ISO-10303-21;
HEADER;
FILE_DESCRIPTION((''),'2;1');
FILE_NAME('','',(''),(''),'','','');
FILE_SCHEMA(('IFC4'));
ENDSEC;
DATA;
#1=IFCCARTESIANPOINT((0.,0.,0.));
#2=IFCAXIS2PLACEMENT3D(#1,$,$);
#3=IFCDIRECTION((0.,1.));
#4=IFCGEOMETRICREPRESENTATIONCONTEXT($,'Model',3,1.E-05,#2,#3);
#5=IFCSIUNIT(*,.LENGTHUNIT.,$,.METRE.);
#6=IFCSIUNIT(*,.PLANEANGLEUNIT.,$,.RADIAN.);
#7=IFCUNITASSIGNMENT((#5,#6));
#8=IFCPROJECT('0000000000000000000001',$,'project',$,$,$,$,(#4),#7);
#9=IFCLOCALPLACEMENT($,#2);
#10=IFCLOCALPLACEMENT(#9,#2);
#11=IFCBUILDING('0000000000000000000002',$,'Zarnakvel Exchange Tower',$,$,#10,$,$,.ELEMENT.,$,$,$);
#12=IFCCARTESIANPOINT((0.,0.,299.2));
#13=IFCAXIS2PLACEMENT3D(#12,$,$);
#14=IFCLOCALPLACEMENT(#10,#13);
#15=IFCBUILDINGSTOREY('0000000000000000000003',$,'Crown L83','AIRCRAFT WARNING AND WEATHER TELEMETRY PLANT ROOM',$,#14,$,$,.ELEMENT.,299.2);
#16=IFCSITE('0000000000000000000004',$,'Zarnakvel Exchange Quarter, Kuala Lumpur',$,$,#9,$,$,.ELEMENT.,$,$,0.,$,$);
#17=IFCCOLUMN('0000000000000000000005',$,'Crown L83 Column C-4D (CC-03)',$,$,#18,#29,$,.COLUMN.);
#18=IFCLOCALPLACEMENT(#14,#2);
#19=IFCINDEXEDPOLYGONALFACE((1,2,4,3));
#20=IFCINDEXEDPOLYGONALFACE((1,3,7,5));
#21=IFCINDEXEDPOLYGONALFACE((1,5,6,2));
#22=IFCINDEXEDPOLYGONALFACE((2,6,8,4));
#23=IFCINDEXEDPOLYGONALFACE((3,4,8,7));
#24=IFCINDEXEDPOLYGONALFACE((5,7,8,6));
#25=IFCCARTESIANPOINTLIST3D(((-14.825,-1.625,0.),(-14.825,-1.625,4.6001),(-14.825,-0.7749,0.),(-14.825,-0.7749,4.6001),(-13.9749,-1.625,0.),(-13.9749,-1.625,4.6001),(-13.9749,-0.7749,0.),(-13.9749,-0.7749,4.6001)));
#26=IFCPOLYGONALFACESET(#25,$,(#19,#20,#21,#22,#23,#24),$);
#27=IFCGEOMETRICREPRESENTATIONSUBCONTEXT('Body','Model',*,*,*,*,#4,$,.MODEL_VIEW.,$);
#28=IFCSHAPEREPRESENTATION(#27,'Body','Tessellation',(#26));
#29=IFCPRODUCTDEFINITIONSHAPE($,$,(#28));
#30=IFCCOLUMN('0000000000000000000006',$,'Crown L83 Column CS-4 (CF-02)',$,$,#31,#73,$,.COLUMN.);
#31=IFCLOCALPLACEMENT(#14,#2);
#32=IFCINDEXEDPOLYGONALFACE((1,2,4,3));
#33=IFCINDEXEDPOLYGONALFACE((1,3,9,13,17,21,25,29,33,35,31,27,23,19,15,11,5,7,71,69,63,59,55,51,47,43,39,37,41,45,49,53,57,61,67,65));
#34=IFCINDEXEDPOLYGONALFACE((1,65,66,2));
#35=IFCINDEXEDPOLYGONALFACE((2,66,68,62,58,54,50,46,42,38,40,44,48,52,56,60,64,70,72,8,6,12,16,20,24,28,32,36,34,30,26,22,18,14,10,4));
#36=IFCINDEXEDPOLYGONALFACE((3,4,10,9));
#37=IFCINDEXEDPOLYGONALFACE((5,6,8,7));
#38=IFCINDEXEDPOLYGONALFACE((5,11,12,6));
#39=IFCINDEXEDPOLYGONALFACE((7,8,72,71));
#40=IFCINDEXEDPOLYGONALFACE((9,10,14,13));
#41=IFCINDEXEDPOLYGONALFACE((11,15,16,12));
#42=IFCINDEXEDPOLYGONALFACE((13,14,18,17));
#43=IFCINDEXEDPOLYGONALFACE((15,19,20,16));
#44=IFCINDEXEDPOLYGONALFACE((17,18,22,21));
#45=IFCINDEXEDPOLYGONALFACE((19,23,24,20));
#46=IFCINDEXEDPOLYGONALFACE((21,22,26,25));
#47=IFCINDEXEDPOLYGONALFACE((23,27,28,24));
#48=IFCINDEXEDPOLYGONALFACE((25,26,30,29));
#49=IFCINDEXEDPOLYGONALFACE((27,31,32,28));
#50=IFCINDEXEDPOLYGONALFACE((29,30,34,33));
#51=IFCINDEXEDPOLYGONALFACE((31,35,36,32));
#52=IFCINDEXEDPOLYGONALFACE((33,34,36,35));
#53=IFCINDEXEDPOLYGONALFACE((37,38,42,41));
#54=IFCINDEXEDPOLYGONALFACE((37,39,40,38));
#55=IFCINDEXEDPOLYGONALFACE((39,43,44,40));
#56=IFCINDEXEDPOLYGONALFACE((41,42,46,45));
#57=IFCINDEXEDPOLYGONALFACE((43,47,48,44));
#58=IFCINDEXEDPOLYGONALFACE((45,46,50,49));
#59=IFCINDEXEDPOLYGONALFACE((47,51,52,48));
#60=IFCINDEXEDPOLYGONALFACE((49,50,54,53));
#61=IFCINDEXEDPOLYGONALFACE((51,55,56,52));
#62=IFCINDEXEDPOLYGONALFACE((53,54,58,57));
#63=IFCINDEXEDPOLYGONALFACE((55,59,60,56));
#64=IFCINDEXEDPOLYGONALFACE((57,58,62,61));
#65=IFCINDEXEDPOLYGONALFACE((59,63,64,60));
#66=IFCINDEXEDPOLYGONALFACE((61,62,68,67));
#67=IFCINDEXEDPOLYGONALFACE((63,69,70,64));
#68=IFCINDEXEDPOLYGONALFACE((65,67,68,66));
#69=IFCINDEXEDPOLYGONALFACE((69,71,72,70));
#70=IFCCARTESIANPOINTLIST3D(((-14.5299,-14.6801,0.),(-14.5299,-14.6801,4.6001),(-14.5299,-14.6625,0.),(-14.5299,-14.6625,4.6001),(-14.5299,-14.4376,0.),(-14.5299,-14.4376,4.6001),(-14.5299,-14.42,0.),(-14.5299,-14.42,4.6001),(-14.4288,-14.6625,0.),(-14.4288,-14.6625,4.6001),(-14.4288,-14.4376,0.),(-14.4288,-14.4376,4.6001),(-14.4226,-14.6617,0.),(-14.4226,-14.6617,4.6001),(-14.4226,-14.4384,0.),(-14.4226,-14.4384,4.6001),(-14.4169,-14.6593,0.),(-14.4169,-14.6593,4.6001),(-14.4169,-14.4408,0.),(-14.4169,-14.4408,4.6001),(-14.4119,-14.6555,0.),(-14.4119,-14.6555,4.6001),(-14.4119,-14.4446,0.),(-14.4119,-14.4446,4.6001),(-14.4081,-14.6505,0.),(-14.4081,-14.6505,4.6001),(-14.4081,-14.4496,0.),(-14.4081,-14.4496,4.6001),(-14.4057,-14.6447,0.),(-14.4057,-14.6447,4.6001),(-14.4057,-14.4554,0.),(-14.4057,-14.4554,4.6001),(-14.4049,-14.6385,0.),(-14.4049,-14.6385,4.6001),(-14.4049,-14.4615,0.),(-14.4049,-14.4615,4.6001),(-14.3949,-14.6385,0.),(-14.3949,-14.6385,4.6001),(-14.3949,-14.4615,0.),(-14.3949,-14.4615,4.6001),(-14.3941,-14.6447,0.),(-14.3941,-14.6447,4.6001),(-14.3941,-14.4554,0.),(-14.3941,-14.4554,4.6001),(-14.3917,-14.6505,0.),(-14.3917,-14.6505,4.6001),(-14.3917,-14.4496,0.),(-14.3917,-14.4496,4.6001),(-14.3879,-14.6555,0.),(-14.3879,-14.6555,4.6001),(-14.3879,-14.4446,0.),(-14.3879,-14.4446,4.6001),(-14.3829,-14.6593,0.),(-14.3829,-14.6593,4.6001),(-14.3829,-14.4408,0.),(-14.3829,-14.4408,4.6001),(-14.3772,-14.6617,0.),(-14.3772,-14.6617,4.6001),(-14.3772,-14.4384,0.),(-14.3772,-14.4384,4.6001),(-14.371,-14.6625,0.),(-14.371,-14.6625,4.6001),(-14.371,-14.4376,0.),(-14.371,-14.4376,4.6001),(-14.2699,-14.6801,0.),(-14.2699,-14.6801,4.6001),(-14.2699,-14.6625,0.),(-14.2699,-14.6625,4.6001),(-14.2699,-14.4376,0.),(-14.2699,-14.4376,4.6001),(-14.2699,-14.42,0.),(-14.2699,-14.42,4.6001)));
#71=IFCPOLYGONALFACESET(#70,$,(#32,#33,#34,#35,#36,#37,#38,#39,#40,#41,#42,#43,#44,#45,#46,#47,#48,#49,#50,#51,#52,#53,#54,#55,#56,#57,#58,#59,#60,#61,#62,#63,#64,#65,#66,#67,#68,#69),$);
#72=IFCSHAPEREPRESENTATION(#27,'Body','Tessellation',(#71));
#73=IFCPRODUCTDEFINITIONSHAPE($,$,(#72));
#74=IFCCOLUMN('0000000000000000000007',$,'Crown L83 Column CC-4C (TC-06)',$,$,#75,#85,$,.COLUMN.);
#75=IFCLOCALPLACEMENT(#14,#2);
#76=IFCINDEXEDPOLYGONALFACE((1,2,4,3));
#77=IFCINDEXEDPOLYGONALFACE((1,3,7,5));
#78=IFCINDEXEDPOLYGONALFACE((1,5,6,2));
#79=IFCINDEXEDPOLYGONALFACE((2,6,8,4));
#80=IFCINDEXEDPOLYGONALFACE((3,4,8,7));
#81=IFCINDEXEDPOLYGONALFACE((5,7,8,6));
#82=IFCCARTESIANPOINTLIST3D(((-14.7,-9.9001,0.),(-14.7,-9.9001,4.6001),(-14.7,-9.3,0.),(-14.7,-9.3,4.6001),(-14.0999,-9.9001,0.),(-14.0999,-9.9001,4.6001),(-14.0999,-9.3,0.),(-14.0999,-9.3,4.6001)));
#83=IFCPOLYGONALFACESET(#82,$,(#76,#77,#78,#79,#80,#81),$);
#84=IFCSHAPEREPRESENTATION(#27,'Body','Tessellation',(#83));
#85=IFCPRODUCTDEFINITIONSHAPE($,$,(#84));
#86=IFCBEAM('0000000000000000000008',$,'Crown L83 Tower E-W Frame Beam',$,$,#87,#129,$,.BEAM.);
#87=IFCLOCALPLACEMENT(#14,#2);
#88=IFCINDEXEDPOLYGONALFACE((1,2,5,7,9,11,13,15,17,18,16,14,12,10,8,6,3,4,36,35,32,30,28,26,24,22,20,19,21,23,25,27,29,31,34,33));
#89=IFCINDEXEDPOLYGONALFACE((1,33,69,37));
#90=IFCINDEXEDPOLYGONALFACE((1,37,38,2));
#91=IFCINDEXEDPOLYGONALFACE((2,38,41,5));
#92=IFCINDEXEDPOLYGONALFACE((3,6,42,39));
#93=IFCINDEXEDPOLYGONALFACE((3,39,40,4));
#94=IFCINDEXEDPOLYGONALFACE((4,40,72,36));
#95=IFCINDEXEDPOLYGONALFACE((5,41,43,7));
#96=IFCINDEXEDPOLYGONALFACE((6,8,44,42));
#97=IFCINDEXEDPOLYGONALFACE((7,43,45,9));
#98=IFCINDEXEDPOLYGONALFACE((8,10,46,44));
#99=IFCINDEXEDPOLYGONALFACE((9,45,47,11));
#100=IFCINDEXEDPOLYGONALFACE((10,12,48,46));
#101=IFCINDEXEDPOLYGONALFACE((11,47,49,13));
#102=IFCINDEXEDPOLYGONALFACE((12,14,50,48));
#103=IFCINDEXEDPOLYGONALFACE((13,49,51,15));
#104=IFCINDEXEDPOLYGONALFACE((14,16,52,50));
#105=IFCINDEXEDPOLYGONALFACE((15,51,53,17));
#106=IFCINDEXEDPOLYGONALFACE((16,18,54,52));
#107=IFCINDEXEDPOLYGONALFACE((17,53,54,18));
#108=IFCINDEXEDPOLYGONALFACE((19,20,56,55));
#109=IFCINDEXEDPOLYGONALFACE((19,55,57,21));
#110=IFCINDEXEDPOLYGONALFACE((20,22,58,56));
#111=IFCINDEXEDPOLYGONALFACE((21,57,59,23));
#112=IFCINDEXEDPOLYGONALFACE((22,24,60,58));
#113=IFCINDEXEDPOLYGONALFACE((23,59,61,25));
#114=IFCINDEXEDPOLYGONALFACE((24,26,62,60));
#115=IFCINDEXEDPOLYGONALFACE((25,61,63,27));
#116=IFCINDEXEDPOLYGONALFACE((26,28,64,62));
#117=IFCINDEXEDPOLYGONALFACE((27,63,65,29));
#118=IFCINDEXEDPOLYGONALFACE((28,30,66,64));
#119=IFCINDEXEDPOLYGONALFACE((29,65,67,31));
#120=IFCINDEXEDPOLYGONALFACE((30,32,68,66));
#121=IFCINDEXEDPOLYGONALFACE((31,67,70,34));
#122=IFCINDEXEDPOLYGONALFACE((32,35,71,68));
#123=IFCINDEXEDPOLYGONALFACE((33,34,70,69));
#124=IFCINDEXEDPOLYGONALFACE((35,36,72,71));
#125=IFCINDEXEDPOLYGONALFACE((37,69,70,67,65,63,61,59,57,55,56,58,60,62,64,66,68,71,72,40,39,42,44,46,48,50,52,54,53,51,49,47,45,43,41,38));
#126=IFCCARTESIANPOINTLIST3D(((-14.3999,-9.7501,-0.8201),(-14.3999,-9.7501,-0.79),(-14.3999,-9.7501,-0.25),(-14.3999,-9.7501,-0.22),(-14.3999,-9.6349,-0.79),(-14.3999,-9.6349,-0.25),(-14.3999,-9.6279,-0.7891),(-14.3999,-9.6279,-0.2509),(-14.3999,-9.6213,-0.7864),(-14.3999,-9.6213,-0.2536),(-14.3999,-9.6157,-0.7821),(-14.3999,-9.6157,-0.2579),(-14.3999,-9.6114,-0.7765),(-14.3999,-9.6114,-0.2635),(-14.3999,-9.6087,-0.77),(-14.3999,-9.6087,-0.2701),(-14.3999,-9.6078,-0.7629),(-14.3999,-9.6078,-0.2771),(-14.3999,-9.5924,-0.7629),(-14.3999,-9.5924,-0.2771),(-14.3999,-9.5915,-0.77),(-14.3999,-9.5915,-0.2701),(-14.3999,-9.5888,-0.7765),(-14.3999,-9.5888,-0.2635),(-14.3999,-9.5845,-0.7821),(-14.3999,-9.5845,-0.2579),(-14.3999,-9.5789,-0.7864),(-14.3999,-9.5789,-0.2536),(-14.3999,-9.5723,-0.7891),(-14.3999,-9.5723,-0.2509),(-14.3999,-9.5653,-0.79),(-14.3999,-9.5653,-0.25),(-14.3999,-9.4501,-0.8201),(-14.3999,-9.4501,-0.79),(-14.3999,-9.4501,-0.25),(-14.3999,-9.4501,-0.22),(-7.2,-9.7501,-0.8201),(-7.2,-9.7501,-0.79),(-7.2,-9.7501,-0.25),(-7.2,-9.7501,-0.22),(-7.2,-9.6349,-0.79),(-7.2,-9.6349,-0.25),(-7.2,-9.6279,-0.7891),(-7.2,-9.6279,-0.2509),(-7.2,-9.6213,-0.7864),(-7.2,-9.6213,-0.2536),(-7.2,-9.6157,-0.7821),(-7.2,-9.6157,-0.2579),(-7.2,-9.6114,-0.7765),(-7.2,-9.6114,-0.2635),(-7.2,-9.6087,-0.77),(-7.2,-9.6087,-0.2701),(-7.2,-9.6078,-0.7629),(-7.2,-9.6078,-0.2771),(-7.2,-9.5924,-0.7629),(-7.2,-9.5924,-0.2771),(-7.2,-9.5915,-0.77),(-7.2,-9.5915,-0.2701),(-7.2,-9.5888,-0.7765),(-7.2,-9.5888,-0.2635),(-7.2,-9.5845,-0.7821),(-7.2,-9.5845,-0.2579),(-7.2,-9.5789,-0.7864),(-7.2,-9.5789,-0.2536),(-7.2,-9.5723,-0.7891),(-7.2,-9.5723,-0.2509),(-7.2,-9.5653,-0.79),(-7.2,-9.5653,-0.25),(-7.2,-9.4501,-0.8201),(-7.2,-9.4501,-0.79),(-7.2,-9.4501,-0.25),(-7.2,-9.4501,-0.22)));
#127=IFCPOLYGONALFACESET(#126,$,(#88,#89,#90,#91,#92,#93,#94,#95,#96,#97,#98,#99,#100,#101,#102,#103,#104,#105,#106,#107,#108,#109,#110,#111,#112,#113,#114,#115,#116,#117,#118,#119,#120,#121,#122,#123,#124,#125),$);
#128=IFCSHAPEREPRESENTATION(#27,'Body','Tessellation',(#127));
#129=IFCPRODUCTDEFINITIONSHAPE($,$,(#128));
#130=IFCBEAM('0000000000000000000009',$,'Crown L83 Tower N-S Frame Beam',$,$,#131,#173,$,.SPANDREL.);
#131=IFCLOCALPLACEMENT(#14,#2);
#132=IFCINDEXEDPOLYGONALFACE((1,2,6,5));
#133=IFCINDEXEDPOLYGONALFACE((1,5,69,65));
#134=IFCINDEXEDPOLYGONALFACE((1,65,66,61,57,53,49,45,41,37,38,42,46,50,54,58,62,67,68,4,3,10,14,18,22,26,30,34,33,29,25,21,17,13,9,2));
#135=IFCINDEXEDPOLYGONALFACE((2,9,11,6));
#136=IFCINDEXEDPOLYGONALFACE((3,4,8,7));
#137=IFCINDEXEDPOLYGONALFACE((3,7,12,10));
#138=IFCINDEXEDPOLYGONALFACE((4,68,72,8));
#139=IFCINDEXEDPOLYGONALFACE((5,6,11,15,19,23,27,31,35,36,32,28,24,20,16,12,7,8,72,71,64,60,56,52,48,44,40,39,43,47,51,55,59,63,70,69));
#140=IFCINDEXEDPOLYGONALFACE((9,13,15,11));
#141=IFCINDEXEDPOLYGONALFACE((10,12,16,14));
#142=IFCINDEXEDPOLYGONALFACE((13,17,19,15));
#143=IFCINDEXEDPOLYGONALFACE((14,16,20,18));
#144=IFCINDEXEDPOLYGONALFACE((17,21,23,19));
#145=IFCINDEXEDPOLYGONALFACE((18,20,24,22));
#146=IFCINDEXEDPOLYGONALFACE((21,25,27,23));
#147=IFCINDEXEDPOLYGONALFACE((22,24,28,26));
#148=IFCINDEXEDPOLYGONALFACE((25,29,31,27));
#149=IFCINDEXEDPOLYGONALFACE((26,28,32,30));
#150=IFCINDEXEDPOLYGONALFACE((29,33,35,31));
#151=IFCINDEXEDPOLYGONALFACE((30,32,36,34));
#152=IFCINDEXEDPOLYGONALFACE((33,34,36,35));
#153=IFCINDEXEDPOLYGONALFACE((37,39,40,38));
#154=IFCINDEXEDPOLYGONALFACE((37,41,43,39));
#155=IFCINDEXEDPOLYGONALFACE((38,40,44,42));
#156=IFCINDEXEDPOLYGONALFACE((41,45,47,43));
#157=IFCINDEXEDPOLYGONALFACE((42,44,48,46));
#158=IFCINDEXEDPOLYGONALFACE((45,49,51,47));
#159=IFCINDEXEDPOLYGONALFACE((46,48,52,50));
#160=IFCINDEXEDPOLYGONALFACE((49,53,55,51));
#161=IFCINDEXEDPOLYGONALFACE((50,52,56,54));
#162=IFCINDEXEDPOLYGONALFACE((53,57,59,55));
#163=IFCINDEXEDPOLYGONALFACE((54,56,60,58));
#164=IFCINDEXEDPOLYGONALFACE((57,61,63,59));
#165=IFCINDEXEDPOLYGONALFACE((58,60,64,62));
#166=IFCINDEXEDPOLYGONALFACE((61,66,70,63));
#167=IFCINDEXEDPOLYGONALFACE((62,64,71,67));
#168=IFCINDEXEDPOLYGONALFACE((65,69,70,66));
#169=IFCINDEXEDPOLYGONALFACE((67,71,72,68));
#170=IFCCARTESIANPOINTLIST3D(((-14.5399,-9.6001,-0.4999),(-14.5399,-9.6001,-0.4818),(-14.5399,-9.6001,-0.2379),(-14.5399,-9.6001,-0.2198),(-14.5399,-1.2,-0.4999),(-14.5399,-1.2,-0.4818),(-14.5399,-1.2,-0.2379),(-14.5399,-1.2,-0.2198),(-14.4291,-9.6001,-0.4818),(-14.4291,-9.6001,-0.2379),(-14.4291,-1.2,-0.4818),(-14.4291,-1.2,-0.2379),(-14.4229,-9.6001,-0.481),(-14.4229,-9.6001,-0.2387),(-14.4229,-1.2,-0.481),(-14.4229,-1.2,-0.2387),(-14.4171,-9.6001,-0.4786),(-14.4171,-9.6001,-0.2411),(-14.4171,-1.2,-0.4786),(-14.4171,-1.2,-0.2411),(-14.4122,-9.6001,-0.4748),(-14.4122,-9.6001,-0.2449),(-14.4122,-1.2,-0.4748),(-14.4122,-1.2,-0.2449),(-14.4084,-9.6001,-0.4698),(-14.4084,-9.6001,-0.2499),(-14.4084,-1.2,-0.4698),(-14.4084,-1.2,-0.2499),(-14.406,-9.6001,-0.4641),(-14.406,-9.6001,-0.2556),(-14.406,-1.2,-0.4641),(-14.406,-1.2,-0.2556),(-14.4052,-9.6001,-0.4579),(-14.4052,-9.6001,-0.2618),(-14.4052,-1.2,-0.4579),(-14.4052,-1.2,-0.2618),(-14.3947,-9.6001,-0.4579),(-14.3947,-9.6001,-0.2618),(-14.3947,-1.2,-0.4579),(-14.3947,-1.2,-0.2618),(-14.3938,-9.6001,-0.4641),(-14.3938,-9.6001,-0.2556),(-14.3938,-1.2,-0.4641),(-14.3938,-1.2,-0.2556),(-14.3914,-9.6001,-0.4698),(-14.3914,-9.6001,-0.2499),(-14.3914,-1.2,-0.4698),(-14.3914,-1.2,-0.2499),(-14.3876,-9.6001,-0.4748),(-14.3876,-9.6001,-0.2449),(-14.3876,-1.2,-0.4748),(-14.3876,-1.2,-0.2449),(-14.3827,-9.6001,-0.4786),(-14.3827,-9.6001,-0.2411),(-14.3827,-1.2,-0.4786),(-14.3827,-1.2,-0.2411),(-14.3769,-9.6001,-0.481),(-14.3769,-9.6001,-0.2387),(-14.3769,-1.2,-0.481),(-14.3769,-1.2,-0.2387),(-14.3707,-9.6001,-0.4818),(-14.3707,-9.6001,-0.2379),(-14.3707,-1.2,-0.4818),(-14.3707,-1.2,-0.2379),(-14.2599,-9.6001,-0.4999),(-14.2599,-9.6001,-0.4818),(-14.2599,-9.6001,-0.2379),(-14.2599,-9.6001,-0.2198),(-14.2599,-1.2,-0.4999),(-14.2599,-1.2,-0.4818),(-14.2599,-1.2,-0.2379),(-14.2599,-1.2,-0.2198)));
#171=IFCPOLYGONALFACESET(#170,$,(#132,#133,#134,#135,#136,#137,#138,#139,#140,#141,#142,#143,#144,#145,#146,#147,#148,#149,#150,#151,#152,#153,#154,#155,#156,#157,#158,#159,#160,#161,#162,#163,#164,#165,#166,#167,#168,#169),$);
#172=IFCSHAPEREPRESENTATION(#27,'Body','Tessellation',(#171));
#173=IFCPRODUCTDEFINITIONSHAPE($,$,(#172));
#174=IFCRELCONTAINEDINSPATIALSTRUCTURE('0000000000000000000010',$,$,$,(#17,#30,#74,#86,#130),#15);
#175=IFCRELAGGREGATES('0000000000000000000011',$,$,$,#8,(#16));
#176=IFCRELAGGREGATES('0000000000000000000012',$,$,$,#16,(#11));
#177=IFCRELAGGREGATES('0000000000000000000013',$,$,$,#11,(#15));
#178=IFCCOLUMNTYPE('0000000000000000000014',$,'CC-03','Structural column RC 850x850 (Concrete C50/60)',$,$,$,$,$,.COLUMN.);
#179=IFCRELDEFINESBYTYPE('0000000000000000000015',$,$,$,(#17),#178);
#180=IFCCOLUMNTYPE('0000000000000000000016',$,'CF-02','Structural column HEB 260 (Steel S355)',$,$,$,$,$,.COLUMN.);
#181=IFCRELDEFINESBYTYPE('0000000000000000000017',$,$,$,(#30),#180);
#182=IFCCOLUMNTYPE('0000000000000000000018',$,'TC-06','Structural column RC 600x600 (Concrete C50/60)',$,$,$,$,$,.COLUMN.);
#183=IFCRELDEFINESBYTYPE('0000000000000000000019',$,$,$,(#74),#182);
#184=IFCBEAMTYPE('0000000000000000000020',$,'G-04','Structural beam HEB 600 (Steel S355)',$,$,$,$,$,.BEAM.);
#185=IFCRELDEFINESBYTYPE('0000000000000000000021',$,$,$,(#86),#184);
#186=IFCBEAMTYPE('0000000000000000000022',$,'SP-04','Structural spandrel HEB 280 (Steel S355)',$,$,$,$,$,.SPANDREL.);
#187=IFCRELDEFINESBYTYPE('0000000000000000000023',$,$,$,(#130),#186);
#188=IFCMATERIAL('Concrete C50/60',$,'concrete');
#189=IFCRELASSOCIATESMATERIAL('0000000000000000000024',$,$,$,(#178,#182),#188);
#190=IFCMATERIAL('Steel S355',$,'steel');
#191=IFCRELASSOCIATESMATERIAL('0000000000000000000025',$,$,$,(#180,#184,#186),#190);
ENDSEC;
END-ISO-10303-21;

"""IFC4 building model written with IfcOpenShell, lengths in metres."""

from ifc_helpers import new_model, si_unit, direction, frame, origin, origin_2d, place, context, subcontext, project, spatial, rectangle, i_section, extrude, material, material_profile, profile_set, type_object, element, save


model = new_model("IFC4")

# Units and contexts
model_context = context("Model", 3, precision=1e-05, world=origin(), true_north=direction((0.0, 1.0)))
body_context = subcontext(model_context, "Body", "Model", "MODEL_VIEW")
ifc_project = project(units=[si_unit("LENGTHUNIT", "METRE"), si_unit("PLANEANGLEUNIT", "RADIAN")], contexts=[model_context])

# Site, building, storey
site_placement = place(None, origin())
site = spatial("IfcSite", under=ifc_project, at=site_placement, Name="Zarnakvel Exchange Quarter, Kuala Lumpur", CompositionType="ELEMENT", RefElevation=0.0)
building_placement = place(site_placement, origin())
building = spatial("IfcBuilding", under=site, at=building_placement, Name="Zarnakvel Exchange Tower", CompositionType="ELEMENT")
storey_placement = place(building_placement, frame((0.0, 0.0, 299.2)))
storey = spatial("IfcBuildingStorey", under=building, at=storey_placement, Name="Crown L83", Description="AIRCRAFT WARNING AND WEATHER TELEMETRY PLANT ROOM", CompositionType="ELEMENT", Elevation=299.2)

# Columns
ifc_material_1 = material(Name="Concrete C50/60", Category="concrete")
ifc_material_profile_1 = material_profile(ifc_material_1, rectangle(XDim=0.8501, YDim=0.8501, at=origin_2d()))
ifc_profile_set_1 = profile_set([ifc_material_profile_1], Name="Concrete C50/60")
column_type_1 = type_object("IfcColumnType", Name="CC-03", Description="Structural column RC 850x850 (Concrete C50/60)", PredefinedType="COLUMN", material=ifc_profile_set_1)
column_1_placement = place(storey_placement, frame((-14.3999, -1.2, 0.0), z_axis=(0.0, 0.0, 1.0), x_axis=(1.0, 0.0, 0.0)))
element("IfcColumn", 1, at=column_1_placement, inside=storey, type_object=column_type_1, Name="Crown L83 Column C-4D (CC-03)", PredefinedType="COLUMN", context=body_context, shape_type="SweptSolid", body=[
    extrude(rectangle(XDim=0.8501, YDim=0.8501, at=origin_2d()), origin(), (0.0, 0.0, 1.0), 4.6001),
])
ifc_material_2 = material(Name="Steel S355", Category="steel")
ifc_material_profile_2 = material_profile(ifc_material_2, i_section(OverallWidth=0.26, OverallDepth=0.26, WebThickness=0.01, FlangeThickness=0.0176, FilletRadius=0.0239, at=origin_2d()))
ifc_profile_set_2 = profile_set([ifc_material_profile_2], Name="Steel S355")
column_type_2 = type_object("IfcColumnType", Name="CF-02", Description="Structural column HEB 260 (Steel S355)", PredefinedType="COLUMN", material=ifc_profile_set_2)
column_2_placement = place(storey_placement, frame((-14.3999, -14.55, 0.0), z_axis=(0.0, 0.0, 1.0), x_axis=(1.0, 0.0, 0.0)))
element("IfcColumn", 2, at=column_2_placement, inside=storey, type_object=column_type_2, Name="Crown L83 Column CS-4 (CF-02)", PredefinedType="COLUMN", context=body_context, shape_type="SweptSolid", body=[
    extrude(i_section(OverallWidth=0.26, OverallDepth=0.26, WebThickness=0.01, FlangeThickness=0.0176, FilletRadius=0.0239, at=origin_2d()), origin(), (0.0, 0.0, 1.0), 4.6001),
])
ifc_material_profile_3 = material_profile(ifc_material_1, rectangle(XDim=0.6001, YDim=0.6001, at=origin_2d()))
ifc_profile_set_3 = profile_set([ifc_material_profile_3], Name="Concrete C50/60")
column_type_3 = type_object("IfcColumnType", Name="TC-06", Description="Structural column RC 600x600 (Concrete C50/60)", PredefinedType="COLUMN", material=ifc_profile_set_3)
column_3_placement = place(storey_placement, frame((-14.3999, -9.6001, 0.0), z_axis=(0.0, 0.0, 1.0), x_axis=(1.0, 0.0, 0.0)))
element("IfcColumn", 3, at=column_3_placement, inside=storey, type_object=column_type_3, Name="Crown L83 Column CC-4C (TC-06)", PredefinedType="COLUMN", context=body_context, shape_type="SweptSolid", body=[
    extrude(rectangle(XDim=0.6001, YDim=0.6001, at=origin_2d()), origin(), (0.0, 0.0, 1.0), 4.6001),
])

# Beams
ifc_material_profile_4 = material_profile(ifc_material_2, i_section(OverallWidth=0.3, OverallDepth=0.6001, WebThickness=0.0154, FlangeThickness=0.03, FilletRadius=0.0271, at=origin_2d()))
ifc_profile_set_4 = profile_set([ifc_material_profile_4], Name="Steel S355")
beam_type_1 = type_object("IfcBeamType", Name="G-04", Description="Structural beam HEB 600 (Steel S355)", PredefinedType="BEAM", material=ifc_profile_set_4)
beam_1_placement = place(storey_placement, frame((-14.3999, -9.6001, -0.52), z_axis=(1.0, 0.0, 0.0), x_axis=(0.0, 1.0, 0.0)))
element("IfcBeam", 4, at=beam_1_placement, inside=storey, type_object=beam_type_1, Name="Crown L83 Tower E-W Frame Beam", PredefinedType="BEAM", context=body_context, shape_type="SweptSolid", body=[
    extrude(i_section(OverallWidth=0.3, OverallDepth=0.6001, WebThickness=0.0154, FlangeThickness=0.03, FilletRadius=0.0271, at=origin_2d()), origin(), (0.0, 0.0, 1.0), 7.2),
])
ifc_material_profile_5 = material_profile(ifc_material_2, i_section(OverallWidth=0.28, OverallDepth=0.28, WebThickness=0.0105, FlangeThickness=0.0181, FilletRadius=0.0239, at=origin_2d()))
ifc_profile_set_5 = profile_set([ifc_material_profile_5], Name="Steel S355")
beam_type_2 = type_object("IfcBeamType", Name="SP-04", Description="Structural spandrel HEB 280 (Steel S355)", PredefinedType="SPANDREL", material=ifc_profile_set_5)
beam_2_placement = place(storey_placement, frame((-14.3999, -9.6001, -0.3599), z_axis=(0.0, 1.0, 0.0), x_axis=(-1.0, 0.0, 0.0)))
element("IfcBeam", 5, at=beam_2_placement, inside=storey, type_object=beam_type_2, Name="Crown L83 Tower N-S Frame Beam", PredefinedType="SPANDREL", context=body_context, shape_type="SweptSolid", body=[
    extrude(i_section(OverallWidth=0.28, OverallDepth=0.28, WebThickness=0.0105, FlangeThickness=0.0181, FilletRadius=0.0239, at=origin_2d()), origin(), (0.0, 0.0, 1.0), 8.4001),
])

save(model, "model.ifc")
